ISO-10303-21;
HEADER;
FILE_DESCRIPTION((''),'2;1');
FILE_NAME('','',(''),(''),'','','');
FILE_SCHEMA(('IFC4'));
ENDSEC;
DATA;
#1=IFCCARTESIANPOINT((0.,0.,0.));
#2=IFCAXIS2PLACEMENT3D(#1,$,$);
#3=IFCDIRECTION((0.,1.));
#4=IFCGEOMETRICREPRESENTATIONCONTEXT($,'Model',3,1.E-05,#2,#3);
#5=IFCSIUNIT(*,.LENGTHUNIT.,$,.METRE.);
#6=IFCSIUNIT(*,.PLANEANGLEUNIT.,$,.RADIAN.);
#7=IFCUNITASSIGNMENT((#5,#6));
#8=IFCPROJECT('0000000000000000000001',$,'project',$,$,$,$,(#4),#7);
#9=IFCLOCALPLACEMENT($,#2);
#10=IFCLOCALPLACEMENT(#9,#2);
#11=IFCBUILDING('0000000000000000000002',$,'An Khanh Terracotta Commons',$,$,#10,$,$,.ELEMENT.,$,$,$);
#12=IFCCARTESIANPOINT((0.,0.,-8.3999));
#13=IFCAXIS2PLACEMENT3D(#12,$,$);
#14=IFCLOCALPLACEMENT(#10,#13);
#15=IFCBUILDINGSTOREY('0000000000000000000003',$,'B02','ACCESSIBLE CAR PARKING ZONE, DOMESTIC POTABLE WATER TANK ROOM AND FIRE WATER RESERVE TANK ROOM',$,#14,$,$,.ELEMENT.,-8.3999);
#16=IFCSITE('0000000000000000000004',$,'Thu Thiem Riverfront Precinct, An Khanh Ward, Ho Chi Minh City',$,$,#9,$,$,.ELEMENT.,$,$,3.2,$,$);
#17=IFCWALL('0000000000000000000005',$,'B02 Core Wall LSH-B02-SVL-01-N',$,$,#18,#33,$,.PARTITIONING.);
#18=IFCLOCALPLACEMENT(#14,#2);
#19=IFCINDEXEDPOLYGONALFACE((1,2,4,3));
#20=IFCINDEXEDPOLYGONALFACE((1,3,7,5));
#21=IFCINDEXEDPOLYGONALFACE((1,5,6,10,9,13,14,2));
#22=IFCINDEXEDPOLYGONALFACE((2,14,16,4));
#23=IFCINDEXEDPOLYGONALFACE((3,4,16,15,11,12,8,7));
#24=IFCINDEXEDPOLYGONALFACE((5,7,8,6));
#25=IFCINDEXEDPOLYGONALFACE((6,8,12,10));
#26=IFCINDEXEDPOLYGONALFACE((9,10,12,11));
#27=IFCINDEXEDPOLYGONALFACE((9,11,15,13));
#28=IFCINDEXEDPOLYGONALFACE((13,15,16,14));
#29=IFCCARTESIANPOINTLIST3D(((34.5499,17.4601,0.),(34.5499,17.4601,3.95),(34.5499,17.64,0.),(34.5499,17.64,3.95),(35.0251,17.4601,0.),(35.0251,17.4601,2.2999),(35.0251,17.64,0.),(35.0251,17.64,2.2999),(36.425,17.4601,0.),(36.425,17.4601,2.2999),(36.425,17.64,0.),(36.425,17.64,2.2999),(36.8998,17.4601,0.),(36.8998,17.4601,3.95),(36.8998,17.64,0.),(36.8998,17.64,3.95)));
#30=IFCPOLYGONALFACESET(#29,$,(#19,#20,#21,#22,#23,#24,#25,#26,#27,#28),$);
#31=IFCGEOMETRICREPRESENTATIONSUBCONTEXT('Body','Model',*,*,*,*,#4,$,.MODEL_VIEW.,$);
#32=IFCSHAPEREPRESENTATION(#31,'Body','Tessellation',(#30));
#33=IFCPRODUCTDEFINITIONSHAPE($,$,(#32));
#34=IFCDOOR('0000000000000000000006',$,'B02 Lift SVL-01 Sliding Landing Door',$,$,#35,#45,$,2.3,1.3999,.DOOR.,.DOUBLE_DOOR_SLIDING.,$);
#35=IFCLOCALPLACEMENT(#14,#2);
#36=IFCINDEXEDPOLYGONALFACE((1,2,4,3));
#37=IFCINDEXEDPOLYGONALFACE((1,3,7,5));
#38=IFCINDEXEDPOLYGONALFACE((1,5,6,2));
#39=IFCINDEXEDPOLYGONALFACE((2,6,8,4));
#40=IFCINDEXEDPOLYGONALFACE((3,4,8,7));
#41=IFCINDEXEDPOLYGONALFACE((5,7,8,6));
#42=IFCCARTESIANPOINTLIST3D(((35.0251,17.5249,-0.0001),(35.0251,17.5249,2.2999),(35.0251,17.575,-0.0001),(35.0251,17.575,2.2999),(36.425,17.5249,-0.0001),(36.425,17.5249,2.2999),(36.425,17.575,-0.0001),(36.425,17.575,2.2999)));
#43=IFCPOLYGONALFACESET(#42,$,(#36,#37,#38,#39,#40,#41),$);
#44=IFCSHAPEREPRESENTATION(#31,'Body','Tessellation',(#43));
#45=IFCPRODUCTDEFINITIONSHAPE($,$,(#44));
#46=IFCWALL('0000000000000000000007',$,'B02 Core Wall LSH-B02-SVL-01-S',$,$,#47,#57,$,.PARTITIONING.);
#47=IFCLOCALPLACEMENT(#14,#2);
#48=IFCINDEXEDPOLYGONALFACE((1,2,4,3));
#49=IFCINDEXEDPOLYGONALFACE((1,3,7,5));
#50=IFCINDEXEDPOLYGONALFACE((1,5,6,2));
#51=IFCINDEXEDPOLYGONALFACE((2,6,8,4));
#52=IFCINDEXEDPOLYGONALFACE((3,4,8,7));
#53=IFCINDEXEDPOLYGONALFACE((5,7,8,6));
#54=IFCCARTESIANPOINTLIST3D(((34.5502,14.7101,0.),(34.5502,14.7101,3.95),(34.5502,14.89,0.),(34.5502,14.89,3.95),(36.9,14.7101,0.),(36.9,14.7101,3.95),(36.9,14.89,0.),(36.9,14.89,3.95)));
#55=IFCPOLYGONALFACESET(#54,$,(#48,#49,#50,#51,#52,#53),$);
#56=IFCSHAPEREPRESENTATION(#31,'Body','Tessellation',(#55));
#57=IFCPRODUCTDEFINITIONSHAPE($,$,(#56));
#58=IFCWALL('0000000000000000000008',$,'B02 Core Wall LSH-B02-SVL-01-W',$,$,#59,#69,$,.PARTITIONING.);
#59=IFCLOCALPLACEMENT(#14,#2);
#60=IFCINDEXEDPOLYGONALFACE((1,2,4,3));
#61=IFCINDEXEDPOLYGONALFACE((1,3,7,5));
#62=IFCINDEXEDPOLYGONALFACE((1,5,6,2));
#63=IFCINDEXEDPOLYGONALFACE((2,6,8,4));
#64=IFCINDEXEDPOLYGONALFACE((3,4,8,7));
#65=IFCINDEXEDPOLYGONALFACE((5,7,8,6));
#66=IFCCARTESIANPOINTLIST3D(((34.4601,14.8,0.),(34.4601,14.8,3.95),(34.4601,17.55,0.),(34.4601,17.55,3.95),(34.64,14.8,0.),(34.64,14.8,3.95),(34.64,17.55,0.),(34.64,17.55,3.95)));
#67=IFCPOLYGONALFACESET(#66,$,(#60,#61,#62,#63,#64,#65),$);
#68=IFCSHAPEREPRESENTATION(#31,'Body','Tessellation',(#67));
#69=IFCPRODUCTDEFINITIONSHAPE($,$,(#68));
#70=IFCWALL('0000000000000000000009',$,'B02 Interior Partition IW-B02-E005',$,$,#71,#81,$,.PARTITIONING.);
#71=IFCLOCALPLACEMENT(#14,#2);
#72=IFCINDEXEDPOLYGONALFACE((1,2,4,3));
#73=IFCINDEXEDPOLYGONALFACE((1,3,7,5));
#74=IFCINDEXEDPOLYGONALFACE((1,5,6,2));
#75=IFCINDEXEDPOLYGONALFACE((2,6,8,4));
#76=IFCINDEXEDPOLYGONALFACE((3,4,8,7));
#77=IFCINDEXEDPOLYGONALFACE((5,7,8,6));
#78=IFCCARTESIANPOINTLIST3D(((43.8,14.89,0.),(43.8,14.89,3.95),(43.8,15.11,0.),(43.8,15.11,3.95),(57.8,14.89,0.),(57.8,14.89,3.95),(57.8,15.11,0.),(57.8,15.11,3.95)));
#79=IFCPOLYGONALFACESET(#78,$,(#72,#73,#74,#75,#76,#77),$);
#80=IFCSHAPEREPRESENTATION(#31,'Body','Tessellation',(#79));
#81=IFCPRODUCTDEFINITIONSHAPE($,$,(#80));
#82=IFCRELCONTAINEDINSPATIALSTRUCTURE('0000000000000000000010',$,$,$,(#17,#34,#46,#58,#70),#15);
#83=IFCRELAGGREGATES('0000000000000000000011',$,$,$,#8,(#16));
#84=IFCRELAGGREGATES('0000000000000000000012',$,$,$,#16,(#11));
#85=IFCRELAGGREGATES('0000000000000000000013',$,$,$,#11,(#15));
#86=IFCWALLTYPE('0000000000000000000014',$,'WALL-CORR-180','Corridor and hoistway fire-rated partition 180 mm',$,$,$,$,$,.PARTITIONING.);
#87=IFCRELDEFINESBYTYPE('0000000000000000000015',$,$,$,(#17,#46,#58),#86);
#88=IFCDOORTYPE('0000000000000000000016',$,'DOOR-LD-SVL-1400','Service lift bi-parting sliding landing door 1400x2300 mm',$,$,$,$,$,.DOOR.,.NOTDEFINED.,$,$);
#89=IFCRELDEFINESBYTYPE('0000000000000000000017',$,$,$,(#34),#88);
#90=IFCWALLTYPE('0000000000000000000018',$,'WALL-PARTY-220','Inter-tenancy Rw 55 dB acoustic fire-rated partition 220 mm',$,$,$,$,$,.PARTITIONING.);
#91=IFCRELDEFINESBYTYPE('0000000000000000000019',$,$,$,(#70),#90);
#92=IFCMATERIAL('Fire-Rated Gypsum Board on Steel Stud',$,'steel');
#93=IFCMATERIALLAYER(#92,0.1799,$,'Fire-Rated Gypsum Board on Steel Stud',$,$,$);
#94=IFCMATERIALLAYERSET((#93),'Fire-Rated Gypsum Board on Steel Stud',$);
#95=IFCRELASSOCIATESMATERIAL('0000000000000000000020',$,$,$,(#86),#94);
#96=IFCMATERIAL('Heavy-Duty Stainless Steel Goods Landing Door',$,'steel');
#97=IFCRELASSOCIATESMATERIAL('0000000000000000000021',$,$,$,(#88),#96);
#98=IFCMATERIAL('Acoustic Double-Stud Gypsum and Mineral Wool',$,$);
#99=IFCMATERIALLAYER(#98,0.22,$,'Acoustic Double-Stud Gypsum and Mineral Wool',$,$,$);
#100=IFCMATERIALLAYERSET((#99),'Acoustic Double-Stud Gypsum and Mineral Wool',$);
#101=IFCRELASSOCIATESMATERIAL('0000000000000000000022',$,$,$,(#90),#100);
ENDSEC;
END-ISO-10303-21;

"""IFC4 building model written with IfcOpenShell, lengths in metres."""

from ifc_helpers import new_model, si_unit, direction, frame, frame_2d, origin, place, context, subcontext, project, spatial, rectangle, extrude, material, layer, layer_set, type_object, element, fill, save


model = new_model("IFC4")

# Units and contexts
model_context = context("Model", 3, precision=1e-05, world=origin(), true_north=direction((0.0, 1.0)))
body_context = subcontext(model_context, "Body", "Model", "MODEL_VIEW")
ifc_project = project(units=[si_unit("LENGTHUNIT", "METRE"), si_unit("PLANEANGLEUNIT", "RADIAN")], contexts=[model_context])

# Site, building, storey
site_placement = place(None, origin())
site = spatial("IfcSite", under=ifc_project, at=site_placement, Name="Thu Thiem Riverfront Precinct, An Khanh Ward, Ho Chi Minh City", CompositionType="ELEMENT", RefElevation=3.2)
building_placement = place(site_placement, origin())
building = spatial("IfcBuilding", under=site, at=building_placement, Name="An Khanh Terracotta Commons", CompositionType="ELEMENT")
storey_placement = place(building_placement, frame((0.0, 0.0, -8.3999)))
storey = spatial("IfcBuildingStorey", under=building, at=storey_placement, Name="B02", Description="ACCESSIBLE CAR PARKING ZONE, DOMESTIC POTABLE WATER TANK ROOM AND FIRE WATER RESERVE TANK ROOM", CompositionType="ELEMENT", Elevation=-8.3999)

# Shared definitions
ifc_material_1 = material(Name="Fire-Rated Gypsum Board on Steel Stud", Category="steel")
ifc_layer_1 = layer(ifc_material_1, 0.1799, Name="Fire-Rated Gypsum Board on Steel Stud")
ifc_layer_set_1 = layer_set([ifc_layer_1], Name="Fire-Rated Gypsum Board on Steel Stud")
wall_type_1 = type_object("IfcWallType", Name="WALL-CORR-180", Description="Corridor and hoistway fire-rated partition 180 mm", PredefinedType="PARTITIONING", material=ifc_layer_set_1)

# Wall, opening, door
wall_1_placement = place(storey_placement, frame((34.55, 17.55, 0.0), z_axis=(0.0, 0.0, 1.0), x_axis=(1.0, 0.0, 0.0)))
wall_1 = element("IfcWall", 1, at=wall_1_placement, inside=storey, type_object=wall_type_1, Name="B02 Core Wall LSH-B02-SVL-01-N", PredefinedType="PARTITIONING", context=body_context, shape_type="SweptSolid", body=[
    extrude(rectangle(XDim=2.3499, YDim=0.1799, at=frame_2d((1.1748, 0.0))), origin(), (0.0, 0.0, 1.0), 3.95),
])
opening_1_placement = place(wall_1_placement, frame((0.4751, 0.0, 0.0)))
opening_1 = element("IfcOpeningElement", 2, at=opening_1_placement, cuts=wall_1, PredefinedType="OPENING", context=body_context, shape_type="SweptSolid", body=[
    extrude(rectangle(XDim=1.3999, YDim=2.3, at=frame_2d((0.7, 1.1499))), frame((0.0, 0.0999, 0.0), z_axis=(0.0, -1.0, 0.0), x_axis=(1.0, 0.0, 0.0)), (0.0, 0.0, 1.0), 0.2),
])
ifc_material_2 = material(Name="Heavy-Duty Stainless Steel Goods Landing Door", Category="steel")
door_type_1 = type_object("IfcDoorType", Name="DOOR-LD-SVL-1400", Description="Service lift bi-parting sliding landing door 1400x2300 mm", OperationType="NOTDEFINED", PredefinedType="DOOR", material=ifc_material_2)
door_1_placement = place(opening_1_placement, origin())
door_1 = element("IfcDoor", 3, at=door_1_placement, inside=storey, type_object=door_type_1, Name="B02 Lift SVL-01 Sliding Landing Door", OperationType="DOUBLE_DOOR_SLIDING", OverallHeight=2.3, OverallWidth=1.3999, PredefinedType="DOOR", context=body_context, shape_type="SweptSolid", body=[
    extrude(rectangle(XDim=1.3999, YDim=2.3, at=frame_2d((0.7, 1.1499))), frame((0.0, 0.0249, 0.0), z_axis=(0.0, -1.0, 0.0), x_axis=(1.0, 0.0, 0.0)), (0.0, 0.0, 1.0), 0.05),
])
fill(opening_1, door_1)

# Walls
wall_2_placement = place(storey_placement, frame((36.8999, 14.8, 0.0), z_axis=(0.0, 0.0, 1.0), x_axis=(-1.0, 0.0, 0.0)))
element("IfcWall", 4, at=wall_2_placement, inside=storey, type_object=wall_type_1, Name="B02 Core Wall LSH-B02-SVL-01-S", PredefinedType="PARTITIONING", context=body_context, shape_type="SweptSolid", body=[
    extrude(rectangle(XDim=2.3499, YDim=0.1799, at=frame_2d((1.1748, 0.0))), origin(), (0.0, 0.0, 1.0), 3.95),
])
wall_3_placement = place(storey_placement, frame((34.55, 17.55, 0.0), z_axis=(0.0, 0.0, 1.0), x_axis=(0.0, -1.0, 0.0)))
element("IfcWall", 5, at=wall_3_placement, inside=storey, type_object=wall_type_1, Name="B02 Core Wall LSH-B02-SVL-01-W", PredefinedType="PARTITIONING", context=body_context, shape_type="SweptSolid", body=[
    extrude(rectangle(XDim=2.75, YDim=0.1799, at=frame_2d((1.375, 0.0))), origin(), (0.0, 0.0, 1.0), 3.95),
])
ifc_material_3 = material(Name="Acoustic Double-Stud Gypsum and Mineral Wool")
ifc_layer_2 = layer(ifc_material_3, 0.22, Name="Acoustic Double-Stud Gypsum and Mineral Wool")
ifc_layer_set_2 = layer_set([ifc_layer_2], Name="Acoustic Double-Stud Gypsum and Mineral Wool")
wall_type_2 = type_object("IfcWallType", Name="WALL-PARTY-220", Description="Inter-tenancy Rw 55 dB acoustic fire-rated partition 220 mm", PredefinedType="PARTITIONING", material=ifc_layer_set_2)
wall_4_placement = place(storey_placement, frame((43.8, 15.0, 0.0), z_axis=(0.0, 0.0, 1.0), x_axis=(1.0, 0.0, 0.0)))
element("IfcWall", 6, at=wall_4_placement, inside=storey, type_object=wall_type_2, Name="B02 Interior Partition IW-B02-E005", PredefinedType="PARTITIONING", context=body_context, shape_type="SweptSolid", body=[
    extrude(rectangle(XDim=14.0, YDim=0.22, at=frame_2d((7.0, 0.0))), origin(), (0.0, 0.0, 1.0), 3.95),
])

save(model, "model.ifc")
